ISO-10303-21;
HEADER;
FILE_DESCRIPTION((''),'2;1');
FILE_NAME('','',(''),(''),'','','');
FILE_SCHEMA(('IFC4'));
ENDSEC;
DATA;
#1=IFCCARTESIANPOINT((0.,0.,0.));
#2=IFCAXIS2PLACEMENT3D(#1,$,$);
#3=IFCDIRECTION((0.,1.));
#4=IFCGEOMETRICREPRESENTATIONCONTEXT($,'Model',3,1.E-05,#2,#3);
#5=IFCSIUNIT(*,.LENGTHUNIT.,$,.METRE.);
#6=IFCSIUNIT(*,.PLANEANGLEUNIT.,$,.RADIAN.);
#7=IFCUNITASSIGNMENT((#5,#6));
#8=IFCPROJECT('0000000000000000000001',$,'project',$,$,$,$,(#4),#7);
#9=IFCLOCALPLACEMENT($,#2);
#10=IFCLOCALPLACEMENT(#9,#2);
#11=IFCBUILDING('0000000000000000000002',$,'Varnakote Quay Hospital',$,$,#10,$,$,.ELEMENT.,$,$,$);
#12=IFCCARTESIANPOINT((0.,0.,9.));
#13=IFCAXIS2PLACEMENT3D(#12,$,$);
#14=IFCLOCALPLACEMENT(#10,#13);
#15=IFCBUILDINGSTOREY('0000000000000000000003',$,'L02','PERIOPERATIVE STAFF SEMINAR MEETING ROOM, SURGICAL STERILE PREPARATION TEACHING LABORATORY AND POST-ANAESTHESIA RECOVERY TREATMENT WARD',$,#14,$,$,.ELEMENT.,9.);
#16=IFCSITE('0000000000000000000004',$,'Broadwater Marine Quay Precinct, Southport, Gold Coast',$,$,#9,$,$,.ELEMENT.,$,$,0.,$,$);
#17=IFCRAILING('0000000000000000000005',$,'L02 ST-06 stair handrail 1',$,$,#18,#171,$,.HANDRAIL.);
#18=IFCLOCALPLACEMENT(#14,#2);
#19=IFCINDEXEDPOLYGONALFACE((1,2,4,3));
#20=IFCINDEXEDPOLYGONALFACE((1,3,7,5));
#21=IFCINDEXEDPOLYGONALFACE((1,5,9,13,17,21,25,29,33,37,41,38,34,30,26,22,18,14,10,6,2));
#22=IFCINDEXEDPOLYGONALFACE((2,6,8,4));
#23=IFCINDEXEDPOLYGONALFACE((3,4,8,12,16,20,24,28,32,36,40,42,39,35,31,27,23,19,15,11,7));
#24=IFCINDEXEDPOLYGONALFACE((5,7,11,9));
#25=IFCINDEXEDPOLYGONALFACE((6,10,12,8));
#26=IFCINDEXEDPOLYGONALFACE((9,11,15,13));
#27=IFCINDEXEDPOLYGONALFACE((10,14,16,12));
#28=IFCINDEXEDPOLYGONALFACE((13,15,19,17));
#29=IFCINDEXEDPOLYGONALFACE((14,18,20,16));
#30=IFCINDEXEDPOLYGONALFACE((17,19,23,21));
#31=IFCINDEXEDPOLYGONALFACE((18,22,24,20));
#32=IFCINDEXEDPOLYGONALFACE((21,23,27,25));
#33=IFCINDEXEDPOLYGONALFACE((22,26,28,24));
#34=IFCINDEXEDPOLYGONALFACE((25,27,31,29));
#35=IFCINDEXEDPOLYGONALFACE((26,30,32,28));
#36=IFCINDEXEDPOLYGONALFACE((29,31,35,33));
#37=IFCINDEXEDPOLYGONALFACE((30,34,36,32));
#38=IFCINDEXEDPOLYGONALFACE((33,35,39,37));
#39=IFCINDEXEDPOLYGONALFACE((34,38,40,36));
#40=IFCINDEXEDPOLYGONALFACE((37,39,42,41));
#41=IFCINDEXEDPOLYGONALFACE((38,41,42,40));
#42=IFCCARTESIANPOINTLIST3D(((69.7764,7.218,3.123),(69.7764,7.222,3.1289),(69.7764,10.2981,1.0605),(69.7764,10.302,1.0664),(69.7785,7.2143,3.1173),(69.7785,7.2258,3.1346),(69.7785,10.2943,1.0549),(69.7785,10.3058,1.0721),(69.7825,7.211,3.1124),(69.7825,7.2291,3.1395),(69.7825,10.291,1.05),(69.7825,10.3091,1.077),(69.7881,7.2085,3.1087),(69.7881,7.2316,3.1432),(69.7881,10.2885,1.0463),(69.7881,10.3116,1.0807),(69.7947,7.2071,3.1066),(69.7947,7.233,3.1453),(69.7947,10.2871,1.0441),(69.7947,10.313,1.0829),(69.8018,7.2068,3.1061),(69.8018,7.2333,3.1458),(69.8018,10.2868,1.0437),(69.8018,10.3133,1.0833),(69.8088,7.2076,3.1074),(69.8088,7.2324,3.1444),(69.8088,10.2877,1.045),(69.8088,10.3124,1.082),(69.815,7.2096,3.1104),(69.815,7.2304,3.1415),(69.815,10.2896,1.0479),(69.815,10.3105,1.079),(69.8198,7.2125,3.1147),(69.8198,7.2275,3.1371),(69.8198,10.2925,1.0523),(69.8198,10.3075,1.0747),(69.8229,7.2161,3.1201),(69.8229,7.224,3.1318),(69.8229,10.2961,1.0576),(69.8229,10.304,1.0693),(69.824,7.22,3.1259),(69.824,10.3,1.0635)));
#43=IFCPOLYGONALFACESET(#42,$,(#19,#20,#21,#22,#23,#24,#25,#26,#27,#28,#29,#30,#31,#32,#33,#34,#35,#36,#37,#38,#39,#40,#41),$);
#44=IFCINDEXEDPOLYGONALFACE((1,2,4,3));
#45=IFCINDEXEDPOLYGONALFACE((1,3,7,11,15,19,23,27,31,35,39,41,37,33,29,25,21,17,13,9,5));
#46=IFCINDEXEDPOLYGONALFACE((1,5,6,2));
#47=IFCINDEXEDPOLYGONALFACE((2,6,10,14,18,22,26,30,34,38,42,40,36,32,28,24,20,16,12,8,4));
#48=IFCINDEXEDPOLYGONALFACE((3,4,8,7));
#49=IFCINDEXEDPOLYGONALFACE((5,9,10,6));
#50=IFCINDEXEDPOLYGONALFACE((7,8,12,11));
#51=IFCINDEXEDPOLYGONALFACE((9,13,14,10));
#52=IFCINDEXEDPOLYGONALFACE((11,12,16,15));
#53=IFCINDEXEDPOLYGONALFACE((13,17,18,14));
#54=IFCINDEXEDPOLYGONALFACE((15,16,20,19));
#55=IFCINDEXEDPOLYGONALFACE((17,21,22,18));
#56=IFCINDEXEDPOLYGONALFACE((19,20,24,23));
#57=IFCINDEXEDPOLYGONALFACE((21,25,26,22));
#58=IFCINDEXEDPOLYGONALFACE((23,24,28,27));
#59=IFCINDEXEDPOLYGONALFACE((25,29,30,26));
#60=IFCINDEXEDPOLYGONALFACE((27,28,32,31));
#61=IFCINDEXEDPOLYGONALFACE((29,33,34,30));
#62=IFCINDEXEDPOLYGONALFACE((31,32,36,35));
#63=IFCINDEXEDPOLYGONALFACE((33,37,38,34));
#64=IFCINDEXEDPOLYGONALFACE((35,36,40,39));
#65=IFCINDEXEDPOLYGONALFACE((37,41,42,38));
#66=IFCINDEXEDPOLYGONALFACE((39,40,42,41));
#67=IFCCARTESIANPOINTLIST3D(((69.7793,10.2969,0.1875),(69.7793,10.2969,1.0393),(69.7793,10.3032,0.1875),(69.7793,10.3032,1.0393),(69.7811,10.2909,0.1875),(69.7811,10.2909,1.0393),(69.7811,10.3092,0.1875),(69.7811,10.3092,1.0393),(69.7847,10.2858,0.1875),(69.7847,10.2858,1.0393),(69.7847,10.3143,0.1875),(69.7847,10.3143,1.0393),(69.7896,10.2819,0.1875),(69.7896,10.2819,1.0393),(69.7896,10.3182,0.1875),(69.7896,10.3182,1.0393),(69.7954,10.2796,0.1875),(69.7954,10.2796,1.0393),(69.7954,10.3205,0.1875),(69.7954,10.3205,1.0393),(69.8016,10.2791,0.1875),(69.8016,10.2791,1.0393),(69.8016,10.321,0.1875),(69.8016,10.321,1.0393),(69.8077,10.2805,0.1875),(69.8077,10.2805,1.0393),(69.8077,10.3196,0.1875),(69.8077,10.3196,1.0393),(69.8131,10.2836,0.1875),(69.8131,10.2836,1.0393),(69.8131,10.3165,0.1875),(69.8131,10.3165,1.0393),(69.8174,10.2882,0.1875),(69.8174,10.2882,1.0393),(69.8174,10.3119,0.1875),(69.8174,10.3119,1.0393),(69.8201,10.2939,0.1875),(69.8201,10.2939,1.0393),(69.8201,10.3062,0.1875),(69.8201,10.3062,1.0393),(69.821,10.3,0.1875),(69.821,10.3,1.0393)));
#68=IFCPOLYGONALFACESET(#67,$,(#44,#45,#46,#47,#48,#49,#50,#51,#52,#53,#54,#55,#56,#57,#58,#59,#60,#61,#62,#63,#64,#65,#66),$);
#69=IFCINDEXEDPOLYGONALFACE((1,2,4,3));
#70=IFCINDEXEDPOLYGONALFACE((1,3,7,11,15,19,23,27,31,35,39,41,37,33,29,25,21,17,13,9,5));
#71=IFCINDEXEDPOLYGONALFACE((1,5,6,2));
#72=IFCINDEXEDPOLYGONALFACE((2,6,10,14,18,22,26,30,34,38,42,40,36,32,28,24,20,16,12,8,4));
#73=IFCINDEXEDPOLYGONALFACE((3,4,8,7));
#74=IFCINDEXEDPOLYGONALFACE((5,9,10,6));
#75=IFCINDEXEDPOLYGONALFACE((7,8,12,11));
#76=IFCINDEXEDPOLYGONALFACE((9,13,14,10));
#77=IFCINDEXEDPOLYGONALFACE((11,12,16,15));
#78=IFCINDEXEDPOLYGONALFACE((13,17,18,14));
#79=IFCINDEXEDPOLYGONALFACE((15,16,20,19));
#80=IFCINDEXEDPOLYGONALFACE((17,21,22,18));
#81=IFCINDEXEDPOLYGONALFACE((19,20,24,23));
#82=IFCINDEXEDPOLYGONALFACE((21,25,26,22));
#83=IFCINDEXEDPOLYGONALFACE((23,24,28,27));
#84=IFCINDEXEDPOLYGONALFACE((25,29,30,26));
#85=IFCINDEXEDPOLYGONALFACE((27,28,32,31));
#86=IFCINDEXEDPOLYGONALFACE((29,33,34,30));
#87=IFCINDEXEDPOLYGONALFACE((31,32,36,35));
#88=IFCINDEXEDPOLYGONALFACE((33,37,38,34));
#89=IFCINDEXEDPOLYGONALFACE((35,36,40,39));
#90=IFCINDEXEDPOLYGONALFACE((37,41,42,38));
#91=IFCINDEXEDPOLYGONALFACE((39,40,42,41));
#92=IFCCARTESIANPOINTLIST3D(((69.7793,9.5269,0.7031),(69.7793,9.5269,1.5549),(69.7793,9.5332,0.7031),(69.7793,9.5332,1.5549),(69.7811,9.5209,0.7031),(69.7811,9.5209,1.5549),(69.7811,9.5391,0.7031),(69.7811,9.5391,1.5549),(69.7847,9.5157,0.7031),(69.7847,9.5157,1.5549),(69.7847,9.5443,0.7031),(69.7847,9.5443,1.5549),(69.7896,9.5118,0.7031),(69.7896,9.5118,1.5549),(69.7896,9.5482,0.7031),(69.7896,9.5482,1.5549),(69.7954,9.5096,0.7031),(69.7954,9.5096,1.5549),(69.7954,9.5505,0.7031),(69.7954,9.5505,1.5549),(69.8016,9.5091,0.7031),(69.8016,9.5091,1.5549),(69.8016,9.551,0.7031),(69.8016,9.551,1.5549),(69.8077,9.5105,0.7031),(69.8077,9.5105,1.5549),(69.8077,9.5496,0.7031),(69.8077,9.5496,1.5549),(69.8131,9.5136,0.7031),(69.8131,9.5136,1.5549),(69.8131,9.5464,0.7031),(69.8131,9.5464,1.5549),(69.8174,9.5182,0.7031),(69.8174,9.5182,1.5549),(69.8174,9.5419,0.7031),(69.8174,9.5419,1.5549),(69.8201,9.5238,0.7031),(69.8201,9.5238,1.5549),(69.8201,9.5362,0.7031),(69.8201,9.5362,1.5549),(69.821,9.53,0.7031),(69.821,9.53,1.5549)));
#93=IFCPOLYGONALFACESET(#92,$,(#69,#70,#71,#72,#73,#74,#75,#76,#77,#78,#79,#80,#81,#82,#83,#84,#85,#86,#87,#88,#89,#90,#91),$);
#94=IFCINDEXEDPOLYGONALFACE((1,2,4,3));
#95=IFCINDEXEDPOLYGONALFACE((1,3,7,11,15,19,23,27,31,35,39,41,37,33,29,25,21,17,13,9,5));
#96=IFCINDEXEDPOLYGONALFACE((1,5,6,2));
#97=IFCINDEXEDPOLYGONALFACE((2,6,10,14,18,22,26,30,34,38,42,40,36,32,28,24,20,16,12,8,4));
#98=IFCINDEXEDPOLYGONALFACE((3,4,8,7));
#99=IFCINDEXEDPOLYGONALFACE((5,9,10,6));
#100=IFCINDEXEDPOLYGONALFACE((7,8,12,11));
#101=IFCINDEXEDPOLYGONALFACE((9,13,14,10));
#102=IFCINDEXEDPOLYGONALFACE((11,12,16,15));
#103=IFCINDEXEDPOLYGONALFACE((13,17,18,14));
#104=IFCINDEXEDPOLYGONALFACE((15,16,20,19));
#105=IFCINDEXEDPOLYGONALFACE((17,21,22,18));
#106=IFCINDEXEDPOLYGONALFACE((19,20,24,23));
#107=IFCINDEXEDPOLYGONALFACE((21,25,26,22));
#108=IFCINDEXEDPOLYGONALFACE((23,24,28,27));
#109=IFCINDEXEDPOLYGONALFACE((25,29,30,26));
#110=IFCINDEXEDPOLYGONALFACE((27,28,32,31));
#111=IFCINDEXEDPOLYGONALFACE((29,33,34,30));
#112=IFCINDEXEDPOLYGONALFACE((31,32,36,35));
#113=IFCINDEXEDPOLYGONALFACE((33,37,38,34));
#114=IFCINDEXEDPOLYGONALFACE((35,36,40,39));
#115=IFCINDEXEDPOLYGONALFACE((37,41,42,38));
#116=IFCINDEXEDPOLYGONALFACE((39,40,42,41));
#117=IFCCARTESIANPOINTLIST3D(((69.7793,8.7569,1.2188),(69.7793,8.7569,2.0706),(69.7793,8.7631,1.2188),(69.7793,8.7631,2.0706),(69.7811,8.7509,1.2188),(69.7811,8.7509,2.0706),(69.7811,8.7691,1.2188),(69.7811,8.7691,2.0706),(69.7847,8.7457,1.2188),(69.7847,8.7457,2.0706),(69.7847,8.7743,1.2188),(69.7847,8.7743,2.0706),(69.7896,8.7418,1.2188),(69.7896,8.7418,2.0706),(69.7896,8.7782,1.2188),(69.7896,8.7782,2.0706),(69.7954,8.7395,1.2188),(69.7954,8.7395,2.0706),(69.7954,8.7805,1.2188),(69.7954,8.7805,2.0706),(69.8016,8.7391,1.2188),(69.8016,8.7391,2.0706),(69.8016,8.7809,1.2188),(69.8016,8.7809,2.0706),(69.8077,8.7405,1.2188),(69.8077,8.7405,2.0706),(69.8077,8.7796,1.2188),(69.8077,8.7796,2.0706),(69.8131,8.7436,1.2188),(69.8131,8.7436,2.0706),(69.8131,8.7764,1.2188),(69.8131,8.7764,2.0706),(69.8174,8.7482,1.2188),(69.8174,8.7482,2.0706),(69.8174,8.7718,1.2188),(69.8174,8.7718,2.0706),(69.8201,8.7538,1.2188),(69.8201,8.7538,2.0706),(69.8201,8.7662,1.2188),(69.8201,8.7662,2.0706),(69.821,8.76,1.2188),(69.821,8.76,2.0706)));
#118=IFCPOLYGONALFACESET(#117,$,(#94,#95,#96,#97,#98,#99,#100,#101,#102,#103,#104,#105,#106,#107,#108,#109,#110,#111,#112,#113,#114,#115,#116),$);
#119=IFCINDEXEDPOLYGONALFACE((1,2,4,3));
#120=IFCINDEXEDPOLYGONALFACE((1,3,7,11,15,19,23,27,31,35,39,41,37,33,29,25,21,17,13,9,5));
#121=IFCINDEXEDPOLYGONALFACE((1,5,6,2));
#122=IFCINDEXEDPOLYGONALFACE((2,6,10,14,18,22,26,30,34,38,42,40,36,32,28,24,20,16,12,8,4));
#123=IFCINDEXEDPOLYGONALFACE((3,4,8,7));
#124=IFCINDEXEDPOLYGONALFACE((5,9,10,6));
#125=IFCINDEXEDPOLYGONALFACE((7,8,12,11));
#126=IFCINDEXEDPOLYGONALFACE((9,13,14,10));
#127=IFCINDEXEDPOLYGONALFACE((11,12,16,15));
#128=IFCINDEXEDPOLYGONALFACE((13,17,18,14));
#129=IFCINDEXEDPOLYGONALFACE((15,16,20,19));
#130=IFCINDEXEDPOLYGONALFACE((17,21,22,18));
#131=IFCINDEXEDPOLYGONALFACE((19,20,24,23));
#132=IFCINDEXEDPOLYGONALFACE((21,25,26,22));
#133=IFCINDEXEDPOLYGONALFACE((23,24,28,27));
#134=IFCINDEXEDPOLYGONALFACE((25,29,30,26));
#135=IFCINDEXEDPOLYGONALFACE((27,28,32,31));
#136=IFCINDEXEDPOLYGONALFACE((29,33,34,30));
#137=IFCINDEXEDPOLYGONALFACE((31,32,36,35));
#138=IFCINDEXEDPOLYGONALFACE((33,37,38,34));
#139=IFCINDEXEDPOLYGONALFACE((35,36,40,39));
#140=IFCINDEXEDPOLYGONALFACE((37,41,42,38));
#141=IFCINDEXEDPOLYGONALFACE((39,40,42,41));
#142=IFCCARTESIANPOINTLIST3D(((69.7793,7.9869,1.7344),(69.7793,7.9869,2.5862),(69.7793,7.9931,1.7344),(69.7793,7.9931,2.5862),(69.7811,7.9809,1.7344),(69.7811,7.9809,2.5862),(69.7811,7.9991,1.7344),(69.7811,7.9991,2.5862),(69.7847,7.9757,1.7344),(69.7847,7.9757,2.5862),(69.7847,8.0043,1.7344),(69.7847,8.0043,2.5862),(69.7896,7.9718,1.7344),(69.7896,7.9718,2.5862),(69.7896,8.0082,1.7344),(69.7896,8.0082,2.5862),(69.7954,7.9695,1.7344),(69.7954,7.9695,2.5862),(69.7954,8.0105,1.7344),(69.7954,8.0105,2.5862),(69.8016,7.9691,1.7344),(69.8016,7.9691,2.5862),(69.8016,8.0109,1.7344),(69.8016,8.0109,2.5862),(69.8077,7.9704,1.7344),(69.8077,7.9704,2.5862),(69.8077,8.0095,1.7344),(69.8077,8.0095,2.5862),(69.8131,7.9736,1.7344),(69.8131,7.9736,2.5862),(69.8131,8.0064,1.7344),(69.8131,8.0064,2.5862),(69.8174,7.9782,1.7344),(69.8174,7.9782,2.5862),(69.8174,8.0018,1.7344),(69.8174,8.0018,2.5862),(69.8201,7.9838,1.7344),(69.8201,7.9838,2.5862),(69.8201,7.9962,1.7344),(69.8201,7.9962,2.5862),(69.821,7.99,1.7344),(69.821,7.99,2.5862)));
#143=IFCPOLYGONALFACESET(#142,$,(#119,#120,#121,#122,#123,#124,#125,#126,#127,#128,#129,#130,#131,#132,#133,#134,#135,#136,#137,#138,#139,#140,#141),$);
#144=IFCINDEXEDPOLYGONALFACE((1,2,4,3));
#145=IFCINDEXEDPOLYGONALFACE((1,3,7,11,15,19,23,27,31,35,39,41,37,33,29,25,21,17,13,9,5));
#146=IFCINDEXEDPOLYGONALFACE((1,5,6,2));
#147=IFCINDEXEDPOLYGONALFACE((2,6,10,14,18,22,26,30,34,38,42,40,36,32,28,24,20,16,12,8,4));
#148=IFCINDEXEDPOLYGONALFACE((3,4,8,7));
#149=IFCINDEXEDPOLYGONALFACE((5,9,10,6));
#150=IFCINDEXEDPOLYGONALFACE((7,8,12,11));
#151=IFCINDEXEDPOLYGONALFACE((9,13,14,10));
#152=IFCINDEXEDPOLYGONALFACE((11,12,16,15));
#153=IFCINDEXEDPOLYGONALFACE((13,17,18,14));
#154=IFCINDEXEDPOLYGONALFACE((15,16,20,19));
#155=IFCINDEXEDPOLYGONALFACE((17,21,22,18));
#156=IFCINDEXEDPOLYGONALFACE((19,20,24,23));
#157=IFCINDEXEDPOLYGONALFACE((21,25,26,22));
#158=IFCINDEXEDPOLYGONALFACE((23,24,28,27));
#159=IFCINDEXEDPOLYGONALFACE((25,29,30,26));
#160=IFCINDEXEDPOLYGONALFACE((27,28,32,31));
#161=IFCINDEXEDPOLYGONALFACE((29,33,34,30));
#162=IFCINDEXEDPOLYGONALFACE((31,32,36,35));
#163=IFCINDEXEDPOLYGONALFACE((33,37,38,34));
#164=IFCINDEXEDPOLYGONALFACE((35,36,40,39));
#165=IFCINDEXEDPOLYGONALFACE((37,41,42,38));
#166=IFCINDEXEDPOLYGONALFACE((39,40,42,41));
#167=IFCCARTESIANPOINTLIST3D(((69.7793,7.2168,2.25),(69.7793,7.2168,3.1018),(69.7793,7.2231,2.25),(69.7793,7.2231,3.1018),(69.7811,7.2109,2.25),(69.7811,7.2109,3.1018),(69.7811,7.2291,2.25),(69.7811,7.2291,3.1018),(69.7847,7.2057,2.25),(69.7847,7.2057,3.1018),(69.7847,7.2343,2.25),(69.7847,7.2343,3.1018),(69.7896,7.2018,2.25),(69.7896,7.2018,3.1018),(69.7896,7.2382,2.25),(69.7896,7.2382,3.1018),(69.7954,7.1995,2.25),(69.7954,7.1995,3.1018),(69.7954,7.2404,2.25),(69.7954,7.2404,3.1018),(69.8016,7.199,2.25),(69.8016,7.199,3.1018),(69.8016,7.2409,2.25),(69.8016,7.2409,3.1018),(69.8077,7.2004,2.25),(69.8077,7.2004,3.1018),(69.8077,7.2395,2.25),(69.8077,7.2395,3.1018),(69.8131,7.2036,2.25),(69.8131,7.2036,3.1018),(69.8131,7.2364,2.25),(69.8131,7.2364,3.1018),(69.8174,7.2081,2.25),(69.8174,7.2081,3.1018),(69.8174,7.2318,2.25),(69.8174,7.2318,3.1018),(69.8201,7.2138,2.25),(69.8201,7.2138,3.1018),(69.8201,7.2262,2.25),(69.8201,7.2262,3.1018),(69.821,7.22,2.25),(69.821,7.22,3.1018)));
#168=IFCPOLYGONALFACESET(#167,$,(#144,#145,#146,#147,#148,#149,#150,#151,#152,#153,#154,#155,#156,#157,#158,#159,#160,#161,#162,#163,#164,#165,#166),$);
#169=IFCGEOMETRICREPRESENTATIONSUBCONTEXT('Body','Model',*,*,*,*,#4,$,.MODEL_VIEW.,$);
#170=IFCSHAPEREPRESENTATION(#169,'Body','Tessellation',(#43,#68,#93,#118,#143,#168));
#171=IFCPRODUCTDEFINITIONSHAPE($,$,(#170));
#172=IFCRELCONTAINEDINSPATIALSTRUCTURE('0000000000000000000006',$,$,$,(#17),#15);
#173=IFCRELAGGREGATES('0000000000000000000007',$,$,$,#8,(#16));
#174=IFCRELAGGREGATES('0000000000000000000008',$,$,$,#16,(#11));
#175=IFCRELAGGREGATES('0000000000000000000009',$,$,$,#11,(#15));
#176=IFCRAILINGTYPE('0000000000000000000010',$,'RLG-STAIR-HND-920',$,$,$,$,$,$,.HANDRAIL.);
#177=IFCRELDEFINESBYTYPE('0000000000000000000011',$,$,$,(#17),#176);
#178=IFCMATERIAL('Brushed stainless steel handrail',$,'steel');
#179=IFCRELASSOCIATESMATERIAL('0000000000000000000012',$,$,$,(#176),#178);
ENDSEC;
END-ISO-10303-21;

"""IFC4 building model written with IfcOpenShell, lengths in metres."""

from ifc_helpers import new_model, si_unit, direction, frame, origin, origin_2d, place, context, subcontext, project, spatial, circle, extrude, material, type_object, element, save


model = new_model("IFC4")

# Units and contexts
model_context = context("Model", 3, precision=1e-05, world=origin(), true_north=direction((0.0, 1.0)))
body_context = subcontext(model_context, "Body", "Model", "MODEL_VIEW")
ifc_project = project(units=[si_unit("LENGTHUNIT", "METRE"), si_unit("PLANEANGLEUNIT", "RADIAN")], contexts=[model_context])

# Site, building, storey
site_placement = place(None, origin())
site = spatial("IfcSite", under=ifc_project, at=site_placement, Name="Broadwater Marine Quay Precinct, Southport, Gold Coast", CompositionType="ELEMENT", RefElevation=0.0)
building_placement = place(site_placement, origin())
building = spatial("IfcBuilding", under=site, at=building_placement, Name="Varnakote Quay Hospital", CompositionType="ELEMENT")
storey_placement = place(building_placement, frame((0.0, 0.0, 9.0)))
storey = spatial("IfcBuildingStorey", under=building, at=storey_placement, Name="L02", Description="PERIOPERATIVE STAFF SEMINAR MEETING ROOM, SURGICAL STERILE PREPARATION TEACHING LABORATORY AND POST-ANAESTHESIA RECOVERY TREATMENT WARD", CompositionType="ELEMENT", Elevation=9.0)

# Railing
ifc_material_1 = material(Name="Brushed stainless steel handrail", Category="steel")
railing_type_1 = type_object("IfcRailingType", Name="RLG-STAIR-HND-920", PredefinedType="HANDRAIL", material=ifc_material_1)
railing_1_placement = place(storey_placement, frame((69.8, 10.3, 0.1875)))
element("IfcRailing", 1, at=railing_1_placement, inside=storey, type_object=railing_type_1, Name="L02 ST-06 stair handrail 1", PredefinedType="HANDRAIL", context=body_context, shape_type="SweptSolid", body=[
    extrude(circle(Radius=0.0239, at=origin_2d()), frame((0.0, 0.0, 0.876), z_axis=(0.0, -0.830914, 0.556401), x_axis=(1.0, 0.0, 0.0)), (0.0, 0.0, 1.0), 3.7068),
    extrude(circle(Radius=0.021, at=origin_2d()), origin(), (0.0, 0.0, 1.0), 0.8518),
    extrude(circle(Radius=0.021, at=origin_2d()), frame((0.0, -0.77, 0.5156)), (0.0, 0.0, 1.0), 0.8518),
    extrude(circle(Radius=0.021, at=origin_2d()), frame((0.0, -1.54, 1.0312)), (0.0, 0.0, 1.0), 0.8518),
    extrude(circle(Radius=0.021, at=origin_2d()), frame((0.0, -2.3101, 1.5469)), (0.0, 0.0, 1.0), 0.8518),
    extrude(circle(Radius=0.021, at=origin_2d()), frame((0.0, -3.0801, 2.0625)), (0.0, 0.0, 1.0), 0.8518),
])

save(model, "model.ifc")
